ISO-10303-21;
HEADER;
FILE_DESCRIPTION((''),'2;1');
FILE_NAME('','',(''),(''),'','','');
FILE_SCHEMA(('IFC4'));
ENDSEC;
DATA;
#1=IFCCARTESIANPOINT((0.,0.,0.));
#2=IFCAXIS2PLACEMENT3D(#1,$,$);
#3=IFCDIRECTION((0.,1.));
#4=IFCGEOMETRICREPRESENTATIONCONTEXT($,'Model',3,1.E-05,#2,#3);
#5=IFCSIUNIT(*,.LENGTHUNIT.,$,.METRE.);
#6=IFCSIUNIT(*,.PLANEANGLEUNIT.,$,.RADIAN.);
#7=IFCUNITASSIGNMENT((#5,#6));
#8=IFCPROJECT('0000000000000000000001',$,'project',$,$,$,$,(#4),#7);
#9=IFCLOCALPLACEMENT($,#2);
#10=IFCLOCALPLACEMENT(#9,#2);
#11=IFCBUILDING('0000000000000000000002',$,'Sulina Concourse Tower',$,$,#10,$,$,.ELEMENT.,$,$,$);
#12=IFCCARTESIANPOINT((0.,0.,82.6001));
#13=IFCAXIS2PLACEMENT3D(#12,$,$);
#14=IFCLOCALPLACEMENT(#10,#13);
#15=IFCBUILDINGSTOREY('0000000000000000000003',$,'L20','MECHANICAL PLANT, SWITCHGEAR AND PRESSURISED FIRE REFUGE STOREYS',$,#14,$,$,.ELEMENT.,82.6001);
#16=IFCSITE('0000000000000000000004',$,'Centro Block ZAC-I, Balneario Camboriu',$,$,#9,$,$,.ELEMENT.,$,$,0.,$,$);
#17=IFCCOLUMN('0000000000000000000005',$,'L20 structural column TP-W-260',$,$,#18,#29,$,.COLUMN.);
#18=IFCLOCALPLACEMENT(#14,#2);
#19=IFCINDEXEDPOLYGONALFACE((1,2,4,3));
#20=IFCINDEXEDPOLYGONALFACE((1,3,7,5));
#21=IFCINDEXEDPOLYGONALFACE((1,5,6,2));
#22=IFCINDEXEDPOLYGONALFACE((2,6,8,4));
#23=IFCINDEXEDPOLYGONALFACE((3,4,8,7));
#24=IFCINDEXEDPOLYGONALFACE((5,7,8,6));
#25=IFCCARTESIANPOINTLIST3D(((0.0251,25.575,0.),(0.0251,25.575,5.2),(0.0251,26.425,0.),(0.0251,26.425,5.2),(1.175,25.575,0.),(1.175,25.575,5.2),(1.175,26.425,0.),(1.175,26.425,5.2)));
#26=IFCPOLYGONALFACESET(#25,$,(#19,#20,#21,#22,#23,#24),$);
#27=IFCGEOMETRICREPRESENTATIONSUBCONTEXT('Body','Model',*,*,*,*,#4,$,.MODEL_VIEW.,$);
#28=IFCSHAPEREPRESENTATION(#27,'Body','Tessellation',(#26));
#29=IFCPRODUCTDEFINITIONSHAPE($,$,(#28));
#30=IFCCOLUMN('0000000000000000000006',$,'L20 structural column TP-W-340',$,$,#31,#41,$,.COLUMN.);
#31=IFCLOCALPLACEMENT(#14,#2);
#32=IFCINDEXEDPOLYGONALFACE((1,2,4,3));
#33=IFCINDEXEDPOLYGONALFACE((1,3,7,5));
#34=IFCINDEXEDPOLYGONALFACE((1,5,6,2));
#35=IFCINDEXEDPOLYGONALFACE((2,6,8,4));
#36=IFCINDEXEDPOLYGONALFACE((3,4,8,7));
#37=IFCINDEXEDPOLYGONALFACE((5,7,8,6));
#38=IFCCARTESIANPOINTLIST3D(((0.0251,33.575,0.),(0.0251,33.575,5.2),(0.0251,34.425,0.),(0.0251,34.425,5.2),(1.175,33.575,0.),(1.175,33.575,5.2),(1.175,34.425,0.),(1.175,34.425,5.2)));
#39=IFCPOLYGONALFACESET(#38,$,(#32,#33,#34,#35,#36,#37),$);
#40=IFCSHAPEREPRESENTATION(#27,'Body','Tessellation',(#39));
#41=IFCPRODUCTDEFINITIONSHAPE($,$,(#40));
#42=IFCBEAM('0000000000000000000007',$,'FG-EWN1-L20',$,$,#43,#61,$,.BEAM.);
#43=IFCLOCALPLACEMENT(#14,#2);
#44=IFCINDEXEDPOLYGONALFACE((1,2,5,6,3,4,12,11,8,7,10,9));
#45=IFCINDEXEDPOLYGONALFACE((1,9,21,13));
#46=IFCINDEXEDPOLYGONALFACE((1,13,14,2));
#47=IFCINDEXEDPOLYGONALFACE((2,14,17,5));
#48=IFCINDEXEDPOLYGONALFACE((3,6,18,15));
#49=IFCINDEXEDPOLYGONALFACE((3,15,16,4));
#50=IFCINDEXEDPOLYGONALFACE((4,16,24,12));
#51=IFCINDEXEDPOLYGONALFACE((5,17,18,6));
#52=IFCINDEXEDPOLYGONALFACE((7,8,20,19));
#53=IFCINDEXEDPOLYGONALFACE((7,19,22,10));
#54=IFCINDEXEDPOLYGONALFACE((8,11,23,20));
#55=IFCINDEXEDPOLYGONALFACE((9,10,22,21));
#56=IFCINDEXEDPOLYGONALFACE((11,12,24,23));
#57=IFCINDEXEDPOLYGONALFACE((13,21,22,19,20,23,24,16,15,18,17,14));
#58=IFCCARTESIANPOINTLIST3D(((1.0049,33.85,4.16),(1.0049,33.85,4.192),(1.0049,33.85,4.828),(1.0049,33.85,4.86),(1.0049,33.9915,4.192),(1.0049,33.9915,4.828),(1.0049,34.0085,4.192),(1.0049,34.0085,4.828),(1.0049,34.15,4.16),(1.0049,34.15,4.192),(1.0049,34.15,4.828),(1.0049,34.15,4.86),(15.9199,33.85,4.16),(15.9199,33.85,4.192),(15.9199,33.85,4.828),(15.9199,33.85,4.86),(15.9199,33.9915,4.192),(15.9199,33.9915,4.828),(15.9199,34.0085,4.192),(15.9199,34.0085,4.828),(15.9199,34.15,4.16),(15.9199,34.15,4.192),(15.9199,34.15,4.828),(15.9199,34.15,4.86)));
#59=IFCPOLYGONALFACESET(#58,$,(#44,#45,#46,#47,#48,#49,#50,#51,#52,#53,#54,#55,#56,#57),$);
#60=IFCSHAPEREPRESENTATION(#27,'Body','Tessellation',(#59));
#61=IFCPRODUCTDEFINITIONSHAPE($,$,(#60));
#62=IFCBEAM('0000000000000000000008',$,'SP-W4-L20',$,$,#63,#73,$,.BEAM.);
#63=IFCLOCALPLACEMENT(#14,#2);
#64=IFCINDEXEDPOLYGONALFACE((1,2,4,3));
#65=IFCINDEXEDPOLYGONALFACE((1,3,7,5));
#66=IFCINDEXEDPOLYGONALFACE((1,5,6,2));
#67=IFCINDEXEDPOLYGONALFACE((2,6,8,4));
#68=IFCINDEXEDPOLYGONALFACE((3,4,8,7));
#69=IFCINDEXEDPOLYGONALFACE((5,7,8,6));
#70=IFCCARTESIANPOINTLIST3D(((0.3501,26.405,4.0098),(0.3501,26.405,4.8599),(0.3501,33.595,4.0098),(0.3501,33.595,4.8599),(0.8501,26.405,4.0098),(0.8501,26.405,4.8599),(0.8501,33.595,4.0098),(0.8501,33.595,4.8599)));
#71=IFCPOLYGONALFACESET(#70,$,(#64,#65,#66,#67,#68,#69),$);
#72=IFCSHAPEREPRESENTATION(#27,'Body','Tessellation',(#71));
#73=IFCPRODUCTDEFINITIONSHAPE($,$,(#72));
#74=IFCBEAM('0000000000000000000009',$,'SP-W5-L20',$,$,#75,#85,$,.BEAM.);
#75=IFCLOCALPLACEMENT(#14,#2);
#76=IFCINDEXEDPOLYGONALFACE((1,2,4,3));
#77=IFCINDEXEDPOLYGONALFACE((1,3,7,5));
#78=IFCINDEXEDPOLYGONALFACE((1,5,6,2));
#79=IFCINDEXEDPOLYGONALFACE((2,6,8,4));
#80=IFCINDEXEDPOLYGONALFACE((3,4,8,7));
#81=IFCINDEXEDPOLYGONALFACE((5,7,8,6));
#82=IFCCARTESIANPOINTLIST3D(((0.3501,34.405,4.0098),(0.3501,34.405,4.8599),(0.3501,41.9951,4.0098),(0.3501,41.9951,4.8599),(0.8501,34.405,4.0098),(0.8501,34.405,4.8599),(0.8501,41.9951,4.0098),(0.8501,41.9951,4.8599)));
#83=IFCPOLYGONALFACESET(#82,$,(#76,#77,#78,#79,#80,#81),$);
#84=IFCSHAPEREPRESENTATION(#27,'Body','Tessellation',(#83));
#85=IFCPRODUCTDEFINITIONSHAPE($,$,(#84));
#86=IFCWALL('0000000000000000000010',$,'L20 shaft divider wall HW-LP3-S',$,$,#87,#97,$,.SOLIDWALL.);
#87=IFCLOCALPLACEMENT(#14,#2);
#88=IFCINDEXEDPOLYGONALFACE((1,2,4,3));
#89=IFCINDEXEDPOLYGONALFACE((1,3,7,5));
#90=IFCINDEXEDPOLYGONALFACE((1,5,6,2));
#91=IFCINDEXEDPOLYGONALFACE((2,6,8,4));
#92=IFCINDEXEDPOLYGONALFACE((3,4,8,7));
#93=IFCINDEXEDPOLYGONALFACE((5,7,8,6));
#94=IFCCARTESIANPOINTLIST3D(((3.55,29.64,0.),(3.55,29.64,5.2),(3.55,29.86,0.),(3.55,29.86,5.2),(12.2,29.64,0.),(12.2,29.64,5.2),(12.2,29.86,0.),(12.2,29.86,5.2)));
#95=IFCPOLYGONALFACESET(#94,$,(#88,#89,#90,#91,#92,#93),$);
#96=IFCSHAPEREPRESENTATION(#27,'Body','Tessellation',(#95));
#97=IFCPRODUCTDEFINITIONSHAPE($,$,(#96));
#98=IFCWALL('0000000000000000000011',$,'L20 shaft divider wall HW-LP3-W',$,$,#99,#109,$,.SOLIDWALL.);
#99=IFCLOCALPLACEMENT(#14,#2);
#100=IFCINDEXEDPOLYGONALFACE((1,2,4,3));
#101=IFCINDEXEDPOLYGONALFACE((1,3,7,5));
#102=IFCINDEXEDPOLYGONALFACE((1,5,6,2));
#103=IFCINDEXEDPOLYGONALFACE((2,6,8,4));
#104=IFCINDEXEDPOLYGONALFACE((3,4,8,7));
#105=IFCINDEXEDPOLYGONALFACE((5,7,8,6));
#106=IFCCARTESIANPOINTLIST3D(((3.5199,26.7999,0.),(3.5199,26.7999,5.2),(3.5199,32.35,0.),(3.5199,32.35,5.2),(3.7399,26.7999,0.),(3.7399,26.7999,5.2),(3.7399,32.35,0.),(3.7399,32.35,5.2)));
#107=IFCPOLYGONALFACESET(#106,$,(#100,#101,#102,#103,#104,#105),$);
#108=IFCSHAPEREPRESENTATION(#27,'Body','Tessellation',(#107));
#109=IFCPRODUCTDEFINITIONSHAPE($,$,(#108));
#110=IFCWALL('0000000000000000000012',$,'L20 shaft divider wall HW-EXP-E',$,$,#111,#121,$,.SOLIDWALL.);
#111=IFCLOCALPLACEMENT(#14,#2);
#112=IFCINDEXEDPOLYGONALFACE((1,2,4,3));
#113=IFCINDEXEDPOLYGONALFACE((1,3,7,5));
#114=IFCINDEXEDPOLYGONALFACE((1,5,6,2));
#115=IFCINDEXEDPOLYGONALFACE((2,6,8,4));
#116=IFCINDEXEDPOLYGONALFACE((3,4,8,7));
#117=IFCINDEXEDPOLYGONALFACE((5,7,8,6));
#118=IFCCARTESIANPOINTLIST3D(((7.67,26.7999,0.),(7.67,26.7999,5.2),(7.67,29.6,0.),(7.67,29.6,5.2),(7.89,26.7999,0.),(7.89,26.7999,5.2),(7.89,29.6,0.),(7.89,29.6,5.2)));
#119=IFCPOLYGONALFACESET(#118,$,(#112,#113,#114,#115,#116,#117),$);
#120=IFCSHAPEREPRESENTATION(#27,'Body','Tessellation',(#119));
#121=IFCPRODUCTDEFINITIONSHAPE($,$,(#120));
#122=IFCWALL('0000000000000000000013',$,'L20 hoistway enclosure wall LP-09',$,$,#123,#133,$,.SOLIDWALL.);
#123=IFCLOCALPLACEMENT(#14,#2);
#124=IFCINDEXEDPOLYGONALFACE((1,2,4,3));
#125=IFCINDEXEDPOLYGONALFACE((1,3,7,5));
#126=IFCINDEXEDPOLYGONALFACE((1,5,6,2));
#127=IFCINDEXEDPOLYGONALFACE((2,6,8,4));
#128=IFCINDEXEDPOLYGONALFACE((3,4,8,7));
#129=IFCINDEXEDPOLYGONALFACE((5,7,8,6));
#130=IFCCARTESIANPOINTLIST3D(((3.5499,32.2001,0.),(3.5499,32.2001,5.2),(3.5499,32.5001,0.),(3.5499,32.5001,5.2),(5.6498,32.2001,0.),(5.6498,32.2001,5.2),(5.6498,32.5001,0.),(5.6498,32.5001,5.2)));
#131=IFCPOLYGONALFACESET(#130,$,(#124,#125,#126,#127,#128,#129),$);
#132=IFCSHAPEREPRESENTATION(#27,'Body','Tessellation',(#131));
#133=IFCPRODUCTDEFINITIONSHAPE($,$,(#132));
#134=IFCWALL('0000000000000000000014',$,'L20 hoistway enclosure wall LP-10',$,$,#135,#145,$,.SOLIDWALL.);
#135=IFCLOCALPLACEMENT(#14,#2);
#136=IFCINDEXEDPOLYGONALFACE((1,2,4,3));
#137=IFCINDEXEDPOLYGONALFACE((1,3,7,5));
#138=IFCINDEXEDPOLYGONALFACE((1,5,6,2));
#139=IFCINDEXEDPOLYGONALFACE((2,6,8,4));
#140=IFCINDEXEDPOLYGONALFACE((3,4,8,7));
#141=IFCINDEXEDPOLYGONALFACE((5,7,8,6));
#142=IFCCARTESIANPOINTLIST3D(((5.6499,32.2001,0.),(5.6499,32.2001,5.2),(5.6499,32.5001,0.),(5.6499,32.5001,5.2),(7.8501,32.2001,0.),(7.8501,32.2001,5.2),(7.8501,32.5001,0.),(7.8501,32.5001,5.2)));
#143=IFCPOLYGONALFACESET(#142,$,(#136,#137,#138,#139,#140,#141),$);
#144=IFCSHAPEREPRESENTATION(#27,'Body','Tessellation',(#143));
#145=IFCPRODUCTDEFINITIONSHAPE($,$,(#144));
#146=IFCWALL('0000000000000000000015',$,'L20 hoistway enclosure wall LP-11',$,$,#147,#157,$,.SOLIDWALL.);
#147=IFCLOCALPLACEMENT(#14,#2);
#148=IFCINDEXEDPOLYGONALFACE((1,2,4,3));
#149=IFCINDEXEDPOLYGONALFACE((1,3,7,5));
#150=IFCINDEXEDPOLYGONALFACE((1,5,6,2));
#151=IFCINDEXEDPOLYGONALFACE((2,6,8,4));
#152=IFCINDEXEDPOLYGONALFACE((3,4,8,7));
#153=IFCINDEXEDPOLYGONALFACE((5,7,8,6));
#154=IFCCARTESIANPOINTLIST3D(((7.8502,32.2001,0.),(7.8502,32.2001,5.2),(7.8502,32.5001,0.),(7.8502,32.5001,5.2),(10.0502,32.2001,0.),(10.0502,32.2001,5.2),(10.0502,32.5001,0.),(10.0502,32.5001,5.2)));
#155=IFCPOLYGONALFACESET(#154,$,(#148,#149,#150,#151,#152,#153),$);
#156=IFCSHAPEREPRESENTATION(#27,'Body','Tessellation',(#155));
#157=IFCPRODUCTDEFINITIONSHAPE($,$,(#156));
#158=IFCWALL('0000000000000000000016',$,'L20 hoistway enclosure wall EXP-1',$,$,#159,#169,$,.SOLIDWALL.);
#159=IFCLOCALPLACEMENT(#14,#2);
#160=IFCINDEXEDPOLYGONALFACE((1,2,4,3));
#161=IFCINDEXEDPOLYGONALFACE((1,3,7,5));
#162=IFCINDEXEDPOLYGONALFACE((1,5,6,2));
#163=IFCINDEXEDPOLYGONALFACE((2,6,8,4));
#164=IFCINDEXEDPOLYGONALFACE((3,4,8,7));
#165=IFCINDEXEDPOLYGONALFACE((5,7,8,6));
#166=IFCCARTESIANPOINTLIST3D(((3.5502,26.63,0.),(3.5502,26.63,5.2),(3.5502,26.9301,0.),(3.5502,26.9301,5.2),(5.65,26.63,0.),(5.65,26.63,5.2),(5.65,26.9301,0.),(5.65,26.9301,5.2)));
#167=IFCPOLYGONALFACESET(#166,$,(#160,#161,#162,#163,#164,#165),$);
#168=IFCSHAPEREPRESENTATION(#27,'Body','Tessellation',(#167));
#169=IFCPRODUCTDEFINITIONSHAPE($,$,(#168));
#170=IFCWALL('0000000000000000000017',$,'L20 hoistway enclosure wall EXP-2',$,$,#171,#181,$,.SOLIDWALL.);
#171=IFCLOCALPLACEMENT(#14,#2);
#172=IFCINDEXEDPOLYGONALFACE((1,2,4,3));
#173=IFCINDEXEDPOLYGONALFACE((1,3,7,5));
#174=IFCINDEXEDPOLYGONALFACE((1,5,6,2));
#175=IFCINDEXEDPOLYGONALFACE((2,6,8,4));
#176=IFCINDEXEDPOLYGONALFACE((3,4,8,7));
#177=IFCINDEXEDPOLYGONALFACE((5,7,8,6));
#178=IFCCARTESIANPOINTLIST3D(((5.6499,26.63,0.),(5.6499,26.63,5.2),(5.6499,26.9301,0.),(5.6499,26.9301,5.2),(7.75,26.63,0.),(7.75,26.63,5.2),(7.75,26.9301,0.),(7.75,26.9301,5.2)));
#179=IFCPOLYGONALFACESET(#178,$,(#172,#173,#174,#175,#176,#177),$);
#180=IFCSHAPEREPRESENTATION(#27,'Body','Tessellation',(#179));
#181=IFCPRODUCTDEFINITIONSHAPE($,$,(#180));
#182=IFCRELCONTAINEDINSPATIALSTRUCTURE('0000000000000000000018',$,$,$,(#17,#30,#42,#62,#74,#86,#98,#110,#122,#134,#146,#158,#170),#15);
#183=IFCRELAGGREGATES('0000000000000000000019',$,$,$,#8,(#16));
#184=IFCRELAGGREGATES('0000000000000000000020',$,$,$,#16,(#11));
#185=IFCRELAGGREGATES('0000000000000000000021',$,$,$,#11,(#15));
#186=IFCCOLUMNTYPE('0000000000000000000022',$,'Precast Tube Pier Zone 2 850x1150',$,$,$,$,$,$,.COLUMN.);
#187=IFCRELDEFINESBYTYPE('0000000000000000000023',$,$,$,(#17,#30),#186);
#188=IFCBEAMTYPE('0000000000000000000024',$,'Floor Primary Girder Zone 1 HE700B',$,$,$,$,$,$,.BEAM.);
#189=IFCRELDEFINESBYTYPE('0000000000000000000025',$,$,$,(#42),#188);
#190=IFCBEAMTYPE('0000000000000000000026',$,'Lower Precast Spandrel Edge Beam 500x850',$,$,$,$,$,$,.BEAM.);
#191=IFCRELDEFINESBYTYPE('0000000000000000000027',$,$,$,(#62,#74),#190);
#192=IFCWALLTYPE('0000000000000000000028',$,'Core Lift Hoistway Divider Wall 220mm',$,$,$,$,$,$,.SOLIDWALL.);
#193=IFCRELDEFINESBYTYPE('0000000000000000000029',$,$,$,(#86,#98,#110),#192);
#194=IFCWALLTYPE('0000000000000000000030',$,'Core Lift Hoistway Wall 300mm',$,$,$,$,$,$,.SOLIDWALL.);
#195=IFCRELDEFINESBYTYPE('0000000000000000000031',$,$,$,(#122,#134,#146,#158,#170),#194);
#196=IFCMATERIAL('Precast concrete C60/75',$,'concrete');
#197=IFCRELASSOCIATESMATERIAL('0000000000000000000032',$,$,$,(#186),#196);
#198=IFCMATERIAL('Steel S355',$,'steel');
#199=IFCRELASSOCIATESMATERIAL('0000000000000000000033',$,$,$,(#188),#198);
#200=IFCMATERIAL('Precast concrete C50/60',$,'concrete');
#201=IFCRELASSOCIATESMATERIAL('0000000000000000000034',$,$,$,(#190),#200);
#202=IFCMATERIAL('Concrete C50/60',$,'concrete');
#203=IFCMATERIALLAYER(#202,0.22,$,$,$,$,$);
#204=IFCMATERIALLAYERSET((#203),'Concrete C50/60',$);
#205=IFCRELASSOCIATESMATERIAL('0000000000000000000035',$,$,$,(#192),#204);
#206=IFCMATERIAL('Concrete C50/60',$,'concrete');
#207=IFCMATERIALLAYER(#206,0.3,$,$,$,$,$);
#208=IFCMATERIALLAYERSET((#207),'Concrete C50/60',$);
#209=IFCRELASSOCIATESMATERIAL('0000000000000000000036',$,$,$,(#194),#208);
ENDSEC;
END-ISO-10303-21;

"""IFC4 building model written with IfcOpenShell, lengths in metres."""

from ifc_helpers import new_model, si_unit, direction, frame, frame_2d, origin, origin_2d, place, context, subcontext, project, spatial, rectangle, i_section, extrude, material, layer, layer_set, material_profile, profile_set, type_object, element, save


model = new_model("IFC4")

# Units and contexts
model_context = context("Model", 3, precision=1e-05, world=origin(), true_north=direction((0.0, 1.0)))
body_context = subcontext(model_context, "Body", "Model", "MODEL_VIEW")
ifc_project = project(units=[si_unit("LENGTHUNIT", "METRE"), si_unit("PLANEANGLEUNIT", "RADIAN")], contexts=[model_context])

# Site, building, storey
site_placement = place(None, origin())
site = spatial("IfcSite", under=ifc_project, at=site_placement, Name="Centro Block ZAC-I, Balneario Camboriu", CompositionType="ELEMENT", RefElevation=0.0)
building_placement = place(site_placement, origin())
building = spatial("IfcBuilding", under=site, at=building_placement, Name="Sulina Concourse Tower", CompositionType="ELEMENT")
storey_placement = place(building_placement, frame((0.0, 0.0, 82.6001)))
storey = spatial("IfcBuildingStorey", under=building, at=storey_placement, Name="L20", Description="MECHANICAL PLANT, SWITCHGEAR AND PRESSURISED FIRE REFUGE STOREYS", CompositionType="ELEMENT", Elevation=82.6001)

# Columns
ifc_material_1 = material(Name="Precast concrete C60/75", Category="concrete")
ifc_material_profile_1 = material_profile(ifc_material_1, rectangle(XDim=0.8501, YDim=1.1499, at=origin_2d()), Name="PC 850x1150")
ifc_profile_set_1 = profile_set([ifc_material_profile_1], Name="Precast concrete C60/75")
column_type = type_object("IfcColumnType", Name="Precast Tube Pier Zone 2 850x1150", PredefinedType="COLUMN", material=ifc_profile_set_1)
for number, where, z_axis, x_axis, name in (
    (1, (0.6001, 26.0, 0.0), (0.0, 0.0, 1.0), (0.0, 1.0, 0.0), "L20 structural column TP-W-260"),
    (2, (0.6001, 34.0, 0.0), (0.0, 0.0, 1.0), (0.0, 1.0, 0.0), "L20 structural column TP-W-340"),
):
    element("IfcColumn", number, at=place(storey_placement, frame(where, z_axis=z_axis, x_axis=x_axis)), inside=storey, type_object=column_type, Name=name, PredefinedType="COLUMN", context=body_context, shape_type="SweptSolid", body=[
        extrude(rectangle(XDim=0.8501, YDim=1.1499, at=origin_2d()), origin(), (0.0, 0.0, 1.0), 5.2),
    ])

# Beams
ifc_material_2 = material(Name="Steel S355", Category="steel")
ifc_material_profile_2 = material_profile(ifc_material_2, i_section(OverallWidth=0.3, OverallDepth=0.7, WebThickness=0.0171, FlangeThickness=0.032, at=origin_2d()), Name="HE 700 B")
ifc_profile_set_2 = profile_set([ifc_material_profile_2], Name="Steel S355")
beam_type_1 = type_object("IfcBeamType", Name="Floor Primary Girder Zone 1 HE700B", PredefinedType="BEAM", material=ifc_profile_set_2)
beam_1_placement = place(storey_placement, frame((1.0049, 34.0, 4.51), z_axis=(1.0, 0.0, 0.0), x_axis=(0.0, 1.0, 0.0)))
element("IfcBeam", 3, at=beam_1_placement, inside=storey, type_object=beam_type_1, Name="FG-EWN1-L20", PredefinedType="BEAM", context=body_context, shape_type="SweptSolid", body=[
    extrude(i_section(OverallWidth=0.3, OverallDepth=0.7, WebThickness=0.0171, FlangeThickness=0.032, at=origin_2d()), origin(), (0.0, 0.0, 1.0), 14.915),
])
ifc_material_3 = material(Name="Precast concrete C50/60", Category="concrete")
ifc_material_profile_3 = material_profile(ifc_material_3, rectangle(XDim=0.5, YDim=0.8501, at=origin_2d()), Name="RC 500x850")
ifc_profile_set_3 = profile_set([ifc_material_profile_3], Name="Precast concrete C50/60")
beam_type_2 = type_object("IfcBeamType", Name="Lower Precast Spandrel Edge Beam 500x850", PredefinedType="BEAM", material=ifc_profile_set_3)
beam_2_placement = place(storey_placement, frame((0.6001, 26.405, 4.4348), z_axis=(0.0, 1.0, 0.0), x_axis=(-1.0, 0.0, 0.0)))
element("IfcBeam", 4, at=beam_2_placement, inside=storey, type_object=beam_type_2, Name="SP-W4-L20", PredefinedType="BEAM", context=body_context, shape_type="SweptSolid", body=[
    extrude(rectangle(XDim=0.5, YDim=0.8501, at=origin_2d()), origin(), (0.0, 0.0, 1.0), 7.1899),
])
beam_3_placement = place(storey_placement, frame((0.6001, 34.405, 4.4348), z_axis=(0.0, 1.0, 0.0), x_axis=(-1.0, 0.0, 0.0)))
element("IfcBeam", 5, at=beam_3_placement, inside=storey, type_object=beam_type_2, Name="SP-W5-L20", PredefinedType="BEAM", context=body_context, shape_type="SweptSolid", body=[
    extrude(rectangle(XDim=0.5, YDim=0.8501, at=origin_2d()), origin(), (0.0, 0.0, 1.0), 7.5901),
])

# Walls
ifc_material_4 = material(Name="Concrete C50/60", Category="concrete")
ifc_layer_1 = layer(ifc_material_4, 0.22)
ifc_layer_set_1 = layer_set([ifc_layer_1], Name="Concrete C50/60")
wall_type_1 = type_object("IfcWallType", Name="Core Lift Hoistway Divider Wall 220mm", PredefinedType="SOLIDWALL", material=ifc_layer_set_1)
wall_1_placement = place(storey_placement, frame((3.55, 29.75, 0.0), z_axis=(0.0, 0.0, 1.0), x_axis=(1.0, 0.0, 0.0)))
element("IfcWall", 6, at=wall_1_placement, inside=storey, type_object=wall_type_1, Name="L20 shaft divider wall HW-LP3-S", PredefinedType="SOLIDWALL", context=body_context, shape_type="SweptSolid", body=[
    extrude(rectangle(XDim=8.6499, YDim=0.22, at=frame_2d((4.325, 0.0))), origin(), (0.0, 0.0, 1.0), 5.2),
])
wall_2_placement = place(storey_placement, frame((3.6299, 26.8, 0.0), z_axis=(0.0, 0.0, 1.0), x_axis=(0.0, 1.0, 0.0)))
element("IfcWall", 7, at=wall_2_placement, inside=storey, type_object=wall_type_1, Name="L20 shaft divider wall HW-LP3-W", PredefinedType="SOLIDWALL", context=body_context, shape_type="SweptSolid", body=[
    extrude(rectangle(XDim=5.55, YDim=0.22, at=frame_2d((2.7749, 0.0))), origin(), (0.0, 0.0, 1.0), 5.2),
])
wall_3_placement = place(storey_placement, frame((7.78, 26.8, 0.0), z_axis=(0.0, 0.0, 1.0), x_axis=(0.0, 1.0, 0.0)))
element("IfcWall", 8, at=wall_3_placement, inside=storey, type_object=wall_type_1, Name="L20 shaft divider wall HW-EXP-E", PredefinedType="SOLIDWALL", context=body_context, shape_type="SweptSolid", body=[
    extrude(rectangle(XDim=2.8, YDim=0.22, at=frame_2d((1.3999, 0.0))), origin(), (0.0, 0.0, 1.0), 5.2),
])
ifc_material_5 = material(Name="Concrete C50/60", Category="concrete")
ifc_layer_2 = layer(ifc_material_5, 0.3)
ifc_layer_set_2 = layer_set([ifc_layer_2], Name="Concrete C50/60")
wall_type_2 = type_object("IfcWallType", Name="Core Lift Hoistway Wall 300mm", PredefinedType="SOLIDWALL", material=ifc_layer_set_2)
wall_4_placement = place(storey_placement, frame((3.55, 32.3501, 0.0), z_axis=(0.0, 0.0, 1.0), x_axis=(1.0, 0.0, 0.0)))
element("IfcWall", 9, at=wall_4_placement, inside=storey, type_object=wall_type_2, Name="L20 hoistway enclosure wall LP-09", PredefinedType="SOLIDWALL", context=body_context, shape_type="SweptSolid", body=[
    extrude(rectangle(XDim=2.0999, YDim=0.3, at=frame_2d((1.0498, 0.0))), origin(), (0.0, 0.0, 1.0), 5.2),
])
wall_5_placement = place(storey_placement, frame((5.6499, 32.3501, 0.0), z_axis=(0.0, 0.0, 1.0), x_axis=(1.0, 0.0, 0.0)))
element("IfcWall", 10, at=wall_5_placement, inside=storey, type_object=wall_type_2, Name="L20 hoistway enclosure wall LP-10", PredefinedType="SOLIDWALL", context=body_context, shape_type="SweptSolid", body=[
    extrude(rectangle(XDim=2.2002, YDim=0.3, at=frame_2d((1.1001, 0.0))), origin(), (0.0, 0.0, 1.0), 5.2),
])
wall_6_placement = place(storey_placement, frame((7.8501, 32.3501, 0.0), z_axis=(0.0, 0.0, 1.0), x_axis=(1.0, 0.0, 0.0)))
element("IfcWall", 11, at=wall_6_placement, inside=storey, type_object=wall_type_2, Name="L20 hoistway enclosure wall LP-11", PredefinedType="SOLIDWALL", context=body_context, shape_type="SweptSolid", body=[
    extrude(rectangle(XDim=2.2, YDim=0.3, at=frame_2d((1.1001, 0.0))), origin(), (0.0, 0.0, 1.0), 5.2),
])
wall_7_placement = place(storey_placement, frame((5.6499, 26.78, 0.0), z_axis=(0.0, 0.0, 1.0), x_axis=(-1.0, 0.0, 0.0)))
element("IfcWall", 12, at=wall_7_placement, inside=storey, type_object=wall_type_2, Name="L20 hoistway enclosure wall EXP-1", PredefinedType="SOLIDWALL", context=body_context, shape_type="SweptSolid", body=[
    extrude(rectangle(XDim=2.0999, YDim=0.3, at=frame_2d((1.0498, 0.0))), origin(), (0.0, 0.0, 1.0), 5.2),
])
wall_8_placement = place(storey_placement, frame((7.75, 26.78, 0.0), z_axis=(0.0, 0.0, 1.0), x_axis=(-1.0, 0.0, 0.0)))
element("IfcWall", 13, at=wall_8_placement, inside=storey, type_object=wall_type_2, Name="L20 hoistway enclosure wall EXP-2", PredefinedType="SOLIDWALL", context=body_context, shape_type="SweptSolid", body=[
    extrude(rectangle(XDim=2.1001, YDim=0.3, at=frame_2d((1.05, 0.0))), origin(), (0.0, 0.0, 1.0), 5.2),
])

save(model, "model.ifc")
